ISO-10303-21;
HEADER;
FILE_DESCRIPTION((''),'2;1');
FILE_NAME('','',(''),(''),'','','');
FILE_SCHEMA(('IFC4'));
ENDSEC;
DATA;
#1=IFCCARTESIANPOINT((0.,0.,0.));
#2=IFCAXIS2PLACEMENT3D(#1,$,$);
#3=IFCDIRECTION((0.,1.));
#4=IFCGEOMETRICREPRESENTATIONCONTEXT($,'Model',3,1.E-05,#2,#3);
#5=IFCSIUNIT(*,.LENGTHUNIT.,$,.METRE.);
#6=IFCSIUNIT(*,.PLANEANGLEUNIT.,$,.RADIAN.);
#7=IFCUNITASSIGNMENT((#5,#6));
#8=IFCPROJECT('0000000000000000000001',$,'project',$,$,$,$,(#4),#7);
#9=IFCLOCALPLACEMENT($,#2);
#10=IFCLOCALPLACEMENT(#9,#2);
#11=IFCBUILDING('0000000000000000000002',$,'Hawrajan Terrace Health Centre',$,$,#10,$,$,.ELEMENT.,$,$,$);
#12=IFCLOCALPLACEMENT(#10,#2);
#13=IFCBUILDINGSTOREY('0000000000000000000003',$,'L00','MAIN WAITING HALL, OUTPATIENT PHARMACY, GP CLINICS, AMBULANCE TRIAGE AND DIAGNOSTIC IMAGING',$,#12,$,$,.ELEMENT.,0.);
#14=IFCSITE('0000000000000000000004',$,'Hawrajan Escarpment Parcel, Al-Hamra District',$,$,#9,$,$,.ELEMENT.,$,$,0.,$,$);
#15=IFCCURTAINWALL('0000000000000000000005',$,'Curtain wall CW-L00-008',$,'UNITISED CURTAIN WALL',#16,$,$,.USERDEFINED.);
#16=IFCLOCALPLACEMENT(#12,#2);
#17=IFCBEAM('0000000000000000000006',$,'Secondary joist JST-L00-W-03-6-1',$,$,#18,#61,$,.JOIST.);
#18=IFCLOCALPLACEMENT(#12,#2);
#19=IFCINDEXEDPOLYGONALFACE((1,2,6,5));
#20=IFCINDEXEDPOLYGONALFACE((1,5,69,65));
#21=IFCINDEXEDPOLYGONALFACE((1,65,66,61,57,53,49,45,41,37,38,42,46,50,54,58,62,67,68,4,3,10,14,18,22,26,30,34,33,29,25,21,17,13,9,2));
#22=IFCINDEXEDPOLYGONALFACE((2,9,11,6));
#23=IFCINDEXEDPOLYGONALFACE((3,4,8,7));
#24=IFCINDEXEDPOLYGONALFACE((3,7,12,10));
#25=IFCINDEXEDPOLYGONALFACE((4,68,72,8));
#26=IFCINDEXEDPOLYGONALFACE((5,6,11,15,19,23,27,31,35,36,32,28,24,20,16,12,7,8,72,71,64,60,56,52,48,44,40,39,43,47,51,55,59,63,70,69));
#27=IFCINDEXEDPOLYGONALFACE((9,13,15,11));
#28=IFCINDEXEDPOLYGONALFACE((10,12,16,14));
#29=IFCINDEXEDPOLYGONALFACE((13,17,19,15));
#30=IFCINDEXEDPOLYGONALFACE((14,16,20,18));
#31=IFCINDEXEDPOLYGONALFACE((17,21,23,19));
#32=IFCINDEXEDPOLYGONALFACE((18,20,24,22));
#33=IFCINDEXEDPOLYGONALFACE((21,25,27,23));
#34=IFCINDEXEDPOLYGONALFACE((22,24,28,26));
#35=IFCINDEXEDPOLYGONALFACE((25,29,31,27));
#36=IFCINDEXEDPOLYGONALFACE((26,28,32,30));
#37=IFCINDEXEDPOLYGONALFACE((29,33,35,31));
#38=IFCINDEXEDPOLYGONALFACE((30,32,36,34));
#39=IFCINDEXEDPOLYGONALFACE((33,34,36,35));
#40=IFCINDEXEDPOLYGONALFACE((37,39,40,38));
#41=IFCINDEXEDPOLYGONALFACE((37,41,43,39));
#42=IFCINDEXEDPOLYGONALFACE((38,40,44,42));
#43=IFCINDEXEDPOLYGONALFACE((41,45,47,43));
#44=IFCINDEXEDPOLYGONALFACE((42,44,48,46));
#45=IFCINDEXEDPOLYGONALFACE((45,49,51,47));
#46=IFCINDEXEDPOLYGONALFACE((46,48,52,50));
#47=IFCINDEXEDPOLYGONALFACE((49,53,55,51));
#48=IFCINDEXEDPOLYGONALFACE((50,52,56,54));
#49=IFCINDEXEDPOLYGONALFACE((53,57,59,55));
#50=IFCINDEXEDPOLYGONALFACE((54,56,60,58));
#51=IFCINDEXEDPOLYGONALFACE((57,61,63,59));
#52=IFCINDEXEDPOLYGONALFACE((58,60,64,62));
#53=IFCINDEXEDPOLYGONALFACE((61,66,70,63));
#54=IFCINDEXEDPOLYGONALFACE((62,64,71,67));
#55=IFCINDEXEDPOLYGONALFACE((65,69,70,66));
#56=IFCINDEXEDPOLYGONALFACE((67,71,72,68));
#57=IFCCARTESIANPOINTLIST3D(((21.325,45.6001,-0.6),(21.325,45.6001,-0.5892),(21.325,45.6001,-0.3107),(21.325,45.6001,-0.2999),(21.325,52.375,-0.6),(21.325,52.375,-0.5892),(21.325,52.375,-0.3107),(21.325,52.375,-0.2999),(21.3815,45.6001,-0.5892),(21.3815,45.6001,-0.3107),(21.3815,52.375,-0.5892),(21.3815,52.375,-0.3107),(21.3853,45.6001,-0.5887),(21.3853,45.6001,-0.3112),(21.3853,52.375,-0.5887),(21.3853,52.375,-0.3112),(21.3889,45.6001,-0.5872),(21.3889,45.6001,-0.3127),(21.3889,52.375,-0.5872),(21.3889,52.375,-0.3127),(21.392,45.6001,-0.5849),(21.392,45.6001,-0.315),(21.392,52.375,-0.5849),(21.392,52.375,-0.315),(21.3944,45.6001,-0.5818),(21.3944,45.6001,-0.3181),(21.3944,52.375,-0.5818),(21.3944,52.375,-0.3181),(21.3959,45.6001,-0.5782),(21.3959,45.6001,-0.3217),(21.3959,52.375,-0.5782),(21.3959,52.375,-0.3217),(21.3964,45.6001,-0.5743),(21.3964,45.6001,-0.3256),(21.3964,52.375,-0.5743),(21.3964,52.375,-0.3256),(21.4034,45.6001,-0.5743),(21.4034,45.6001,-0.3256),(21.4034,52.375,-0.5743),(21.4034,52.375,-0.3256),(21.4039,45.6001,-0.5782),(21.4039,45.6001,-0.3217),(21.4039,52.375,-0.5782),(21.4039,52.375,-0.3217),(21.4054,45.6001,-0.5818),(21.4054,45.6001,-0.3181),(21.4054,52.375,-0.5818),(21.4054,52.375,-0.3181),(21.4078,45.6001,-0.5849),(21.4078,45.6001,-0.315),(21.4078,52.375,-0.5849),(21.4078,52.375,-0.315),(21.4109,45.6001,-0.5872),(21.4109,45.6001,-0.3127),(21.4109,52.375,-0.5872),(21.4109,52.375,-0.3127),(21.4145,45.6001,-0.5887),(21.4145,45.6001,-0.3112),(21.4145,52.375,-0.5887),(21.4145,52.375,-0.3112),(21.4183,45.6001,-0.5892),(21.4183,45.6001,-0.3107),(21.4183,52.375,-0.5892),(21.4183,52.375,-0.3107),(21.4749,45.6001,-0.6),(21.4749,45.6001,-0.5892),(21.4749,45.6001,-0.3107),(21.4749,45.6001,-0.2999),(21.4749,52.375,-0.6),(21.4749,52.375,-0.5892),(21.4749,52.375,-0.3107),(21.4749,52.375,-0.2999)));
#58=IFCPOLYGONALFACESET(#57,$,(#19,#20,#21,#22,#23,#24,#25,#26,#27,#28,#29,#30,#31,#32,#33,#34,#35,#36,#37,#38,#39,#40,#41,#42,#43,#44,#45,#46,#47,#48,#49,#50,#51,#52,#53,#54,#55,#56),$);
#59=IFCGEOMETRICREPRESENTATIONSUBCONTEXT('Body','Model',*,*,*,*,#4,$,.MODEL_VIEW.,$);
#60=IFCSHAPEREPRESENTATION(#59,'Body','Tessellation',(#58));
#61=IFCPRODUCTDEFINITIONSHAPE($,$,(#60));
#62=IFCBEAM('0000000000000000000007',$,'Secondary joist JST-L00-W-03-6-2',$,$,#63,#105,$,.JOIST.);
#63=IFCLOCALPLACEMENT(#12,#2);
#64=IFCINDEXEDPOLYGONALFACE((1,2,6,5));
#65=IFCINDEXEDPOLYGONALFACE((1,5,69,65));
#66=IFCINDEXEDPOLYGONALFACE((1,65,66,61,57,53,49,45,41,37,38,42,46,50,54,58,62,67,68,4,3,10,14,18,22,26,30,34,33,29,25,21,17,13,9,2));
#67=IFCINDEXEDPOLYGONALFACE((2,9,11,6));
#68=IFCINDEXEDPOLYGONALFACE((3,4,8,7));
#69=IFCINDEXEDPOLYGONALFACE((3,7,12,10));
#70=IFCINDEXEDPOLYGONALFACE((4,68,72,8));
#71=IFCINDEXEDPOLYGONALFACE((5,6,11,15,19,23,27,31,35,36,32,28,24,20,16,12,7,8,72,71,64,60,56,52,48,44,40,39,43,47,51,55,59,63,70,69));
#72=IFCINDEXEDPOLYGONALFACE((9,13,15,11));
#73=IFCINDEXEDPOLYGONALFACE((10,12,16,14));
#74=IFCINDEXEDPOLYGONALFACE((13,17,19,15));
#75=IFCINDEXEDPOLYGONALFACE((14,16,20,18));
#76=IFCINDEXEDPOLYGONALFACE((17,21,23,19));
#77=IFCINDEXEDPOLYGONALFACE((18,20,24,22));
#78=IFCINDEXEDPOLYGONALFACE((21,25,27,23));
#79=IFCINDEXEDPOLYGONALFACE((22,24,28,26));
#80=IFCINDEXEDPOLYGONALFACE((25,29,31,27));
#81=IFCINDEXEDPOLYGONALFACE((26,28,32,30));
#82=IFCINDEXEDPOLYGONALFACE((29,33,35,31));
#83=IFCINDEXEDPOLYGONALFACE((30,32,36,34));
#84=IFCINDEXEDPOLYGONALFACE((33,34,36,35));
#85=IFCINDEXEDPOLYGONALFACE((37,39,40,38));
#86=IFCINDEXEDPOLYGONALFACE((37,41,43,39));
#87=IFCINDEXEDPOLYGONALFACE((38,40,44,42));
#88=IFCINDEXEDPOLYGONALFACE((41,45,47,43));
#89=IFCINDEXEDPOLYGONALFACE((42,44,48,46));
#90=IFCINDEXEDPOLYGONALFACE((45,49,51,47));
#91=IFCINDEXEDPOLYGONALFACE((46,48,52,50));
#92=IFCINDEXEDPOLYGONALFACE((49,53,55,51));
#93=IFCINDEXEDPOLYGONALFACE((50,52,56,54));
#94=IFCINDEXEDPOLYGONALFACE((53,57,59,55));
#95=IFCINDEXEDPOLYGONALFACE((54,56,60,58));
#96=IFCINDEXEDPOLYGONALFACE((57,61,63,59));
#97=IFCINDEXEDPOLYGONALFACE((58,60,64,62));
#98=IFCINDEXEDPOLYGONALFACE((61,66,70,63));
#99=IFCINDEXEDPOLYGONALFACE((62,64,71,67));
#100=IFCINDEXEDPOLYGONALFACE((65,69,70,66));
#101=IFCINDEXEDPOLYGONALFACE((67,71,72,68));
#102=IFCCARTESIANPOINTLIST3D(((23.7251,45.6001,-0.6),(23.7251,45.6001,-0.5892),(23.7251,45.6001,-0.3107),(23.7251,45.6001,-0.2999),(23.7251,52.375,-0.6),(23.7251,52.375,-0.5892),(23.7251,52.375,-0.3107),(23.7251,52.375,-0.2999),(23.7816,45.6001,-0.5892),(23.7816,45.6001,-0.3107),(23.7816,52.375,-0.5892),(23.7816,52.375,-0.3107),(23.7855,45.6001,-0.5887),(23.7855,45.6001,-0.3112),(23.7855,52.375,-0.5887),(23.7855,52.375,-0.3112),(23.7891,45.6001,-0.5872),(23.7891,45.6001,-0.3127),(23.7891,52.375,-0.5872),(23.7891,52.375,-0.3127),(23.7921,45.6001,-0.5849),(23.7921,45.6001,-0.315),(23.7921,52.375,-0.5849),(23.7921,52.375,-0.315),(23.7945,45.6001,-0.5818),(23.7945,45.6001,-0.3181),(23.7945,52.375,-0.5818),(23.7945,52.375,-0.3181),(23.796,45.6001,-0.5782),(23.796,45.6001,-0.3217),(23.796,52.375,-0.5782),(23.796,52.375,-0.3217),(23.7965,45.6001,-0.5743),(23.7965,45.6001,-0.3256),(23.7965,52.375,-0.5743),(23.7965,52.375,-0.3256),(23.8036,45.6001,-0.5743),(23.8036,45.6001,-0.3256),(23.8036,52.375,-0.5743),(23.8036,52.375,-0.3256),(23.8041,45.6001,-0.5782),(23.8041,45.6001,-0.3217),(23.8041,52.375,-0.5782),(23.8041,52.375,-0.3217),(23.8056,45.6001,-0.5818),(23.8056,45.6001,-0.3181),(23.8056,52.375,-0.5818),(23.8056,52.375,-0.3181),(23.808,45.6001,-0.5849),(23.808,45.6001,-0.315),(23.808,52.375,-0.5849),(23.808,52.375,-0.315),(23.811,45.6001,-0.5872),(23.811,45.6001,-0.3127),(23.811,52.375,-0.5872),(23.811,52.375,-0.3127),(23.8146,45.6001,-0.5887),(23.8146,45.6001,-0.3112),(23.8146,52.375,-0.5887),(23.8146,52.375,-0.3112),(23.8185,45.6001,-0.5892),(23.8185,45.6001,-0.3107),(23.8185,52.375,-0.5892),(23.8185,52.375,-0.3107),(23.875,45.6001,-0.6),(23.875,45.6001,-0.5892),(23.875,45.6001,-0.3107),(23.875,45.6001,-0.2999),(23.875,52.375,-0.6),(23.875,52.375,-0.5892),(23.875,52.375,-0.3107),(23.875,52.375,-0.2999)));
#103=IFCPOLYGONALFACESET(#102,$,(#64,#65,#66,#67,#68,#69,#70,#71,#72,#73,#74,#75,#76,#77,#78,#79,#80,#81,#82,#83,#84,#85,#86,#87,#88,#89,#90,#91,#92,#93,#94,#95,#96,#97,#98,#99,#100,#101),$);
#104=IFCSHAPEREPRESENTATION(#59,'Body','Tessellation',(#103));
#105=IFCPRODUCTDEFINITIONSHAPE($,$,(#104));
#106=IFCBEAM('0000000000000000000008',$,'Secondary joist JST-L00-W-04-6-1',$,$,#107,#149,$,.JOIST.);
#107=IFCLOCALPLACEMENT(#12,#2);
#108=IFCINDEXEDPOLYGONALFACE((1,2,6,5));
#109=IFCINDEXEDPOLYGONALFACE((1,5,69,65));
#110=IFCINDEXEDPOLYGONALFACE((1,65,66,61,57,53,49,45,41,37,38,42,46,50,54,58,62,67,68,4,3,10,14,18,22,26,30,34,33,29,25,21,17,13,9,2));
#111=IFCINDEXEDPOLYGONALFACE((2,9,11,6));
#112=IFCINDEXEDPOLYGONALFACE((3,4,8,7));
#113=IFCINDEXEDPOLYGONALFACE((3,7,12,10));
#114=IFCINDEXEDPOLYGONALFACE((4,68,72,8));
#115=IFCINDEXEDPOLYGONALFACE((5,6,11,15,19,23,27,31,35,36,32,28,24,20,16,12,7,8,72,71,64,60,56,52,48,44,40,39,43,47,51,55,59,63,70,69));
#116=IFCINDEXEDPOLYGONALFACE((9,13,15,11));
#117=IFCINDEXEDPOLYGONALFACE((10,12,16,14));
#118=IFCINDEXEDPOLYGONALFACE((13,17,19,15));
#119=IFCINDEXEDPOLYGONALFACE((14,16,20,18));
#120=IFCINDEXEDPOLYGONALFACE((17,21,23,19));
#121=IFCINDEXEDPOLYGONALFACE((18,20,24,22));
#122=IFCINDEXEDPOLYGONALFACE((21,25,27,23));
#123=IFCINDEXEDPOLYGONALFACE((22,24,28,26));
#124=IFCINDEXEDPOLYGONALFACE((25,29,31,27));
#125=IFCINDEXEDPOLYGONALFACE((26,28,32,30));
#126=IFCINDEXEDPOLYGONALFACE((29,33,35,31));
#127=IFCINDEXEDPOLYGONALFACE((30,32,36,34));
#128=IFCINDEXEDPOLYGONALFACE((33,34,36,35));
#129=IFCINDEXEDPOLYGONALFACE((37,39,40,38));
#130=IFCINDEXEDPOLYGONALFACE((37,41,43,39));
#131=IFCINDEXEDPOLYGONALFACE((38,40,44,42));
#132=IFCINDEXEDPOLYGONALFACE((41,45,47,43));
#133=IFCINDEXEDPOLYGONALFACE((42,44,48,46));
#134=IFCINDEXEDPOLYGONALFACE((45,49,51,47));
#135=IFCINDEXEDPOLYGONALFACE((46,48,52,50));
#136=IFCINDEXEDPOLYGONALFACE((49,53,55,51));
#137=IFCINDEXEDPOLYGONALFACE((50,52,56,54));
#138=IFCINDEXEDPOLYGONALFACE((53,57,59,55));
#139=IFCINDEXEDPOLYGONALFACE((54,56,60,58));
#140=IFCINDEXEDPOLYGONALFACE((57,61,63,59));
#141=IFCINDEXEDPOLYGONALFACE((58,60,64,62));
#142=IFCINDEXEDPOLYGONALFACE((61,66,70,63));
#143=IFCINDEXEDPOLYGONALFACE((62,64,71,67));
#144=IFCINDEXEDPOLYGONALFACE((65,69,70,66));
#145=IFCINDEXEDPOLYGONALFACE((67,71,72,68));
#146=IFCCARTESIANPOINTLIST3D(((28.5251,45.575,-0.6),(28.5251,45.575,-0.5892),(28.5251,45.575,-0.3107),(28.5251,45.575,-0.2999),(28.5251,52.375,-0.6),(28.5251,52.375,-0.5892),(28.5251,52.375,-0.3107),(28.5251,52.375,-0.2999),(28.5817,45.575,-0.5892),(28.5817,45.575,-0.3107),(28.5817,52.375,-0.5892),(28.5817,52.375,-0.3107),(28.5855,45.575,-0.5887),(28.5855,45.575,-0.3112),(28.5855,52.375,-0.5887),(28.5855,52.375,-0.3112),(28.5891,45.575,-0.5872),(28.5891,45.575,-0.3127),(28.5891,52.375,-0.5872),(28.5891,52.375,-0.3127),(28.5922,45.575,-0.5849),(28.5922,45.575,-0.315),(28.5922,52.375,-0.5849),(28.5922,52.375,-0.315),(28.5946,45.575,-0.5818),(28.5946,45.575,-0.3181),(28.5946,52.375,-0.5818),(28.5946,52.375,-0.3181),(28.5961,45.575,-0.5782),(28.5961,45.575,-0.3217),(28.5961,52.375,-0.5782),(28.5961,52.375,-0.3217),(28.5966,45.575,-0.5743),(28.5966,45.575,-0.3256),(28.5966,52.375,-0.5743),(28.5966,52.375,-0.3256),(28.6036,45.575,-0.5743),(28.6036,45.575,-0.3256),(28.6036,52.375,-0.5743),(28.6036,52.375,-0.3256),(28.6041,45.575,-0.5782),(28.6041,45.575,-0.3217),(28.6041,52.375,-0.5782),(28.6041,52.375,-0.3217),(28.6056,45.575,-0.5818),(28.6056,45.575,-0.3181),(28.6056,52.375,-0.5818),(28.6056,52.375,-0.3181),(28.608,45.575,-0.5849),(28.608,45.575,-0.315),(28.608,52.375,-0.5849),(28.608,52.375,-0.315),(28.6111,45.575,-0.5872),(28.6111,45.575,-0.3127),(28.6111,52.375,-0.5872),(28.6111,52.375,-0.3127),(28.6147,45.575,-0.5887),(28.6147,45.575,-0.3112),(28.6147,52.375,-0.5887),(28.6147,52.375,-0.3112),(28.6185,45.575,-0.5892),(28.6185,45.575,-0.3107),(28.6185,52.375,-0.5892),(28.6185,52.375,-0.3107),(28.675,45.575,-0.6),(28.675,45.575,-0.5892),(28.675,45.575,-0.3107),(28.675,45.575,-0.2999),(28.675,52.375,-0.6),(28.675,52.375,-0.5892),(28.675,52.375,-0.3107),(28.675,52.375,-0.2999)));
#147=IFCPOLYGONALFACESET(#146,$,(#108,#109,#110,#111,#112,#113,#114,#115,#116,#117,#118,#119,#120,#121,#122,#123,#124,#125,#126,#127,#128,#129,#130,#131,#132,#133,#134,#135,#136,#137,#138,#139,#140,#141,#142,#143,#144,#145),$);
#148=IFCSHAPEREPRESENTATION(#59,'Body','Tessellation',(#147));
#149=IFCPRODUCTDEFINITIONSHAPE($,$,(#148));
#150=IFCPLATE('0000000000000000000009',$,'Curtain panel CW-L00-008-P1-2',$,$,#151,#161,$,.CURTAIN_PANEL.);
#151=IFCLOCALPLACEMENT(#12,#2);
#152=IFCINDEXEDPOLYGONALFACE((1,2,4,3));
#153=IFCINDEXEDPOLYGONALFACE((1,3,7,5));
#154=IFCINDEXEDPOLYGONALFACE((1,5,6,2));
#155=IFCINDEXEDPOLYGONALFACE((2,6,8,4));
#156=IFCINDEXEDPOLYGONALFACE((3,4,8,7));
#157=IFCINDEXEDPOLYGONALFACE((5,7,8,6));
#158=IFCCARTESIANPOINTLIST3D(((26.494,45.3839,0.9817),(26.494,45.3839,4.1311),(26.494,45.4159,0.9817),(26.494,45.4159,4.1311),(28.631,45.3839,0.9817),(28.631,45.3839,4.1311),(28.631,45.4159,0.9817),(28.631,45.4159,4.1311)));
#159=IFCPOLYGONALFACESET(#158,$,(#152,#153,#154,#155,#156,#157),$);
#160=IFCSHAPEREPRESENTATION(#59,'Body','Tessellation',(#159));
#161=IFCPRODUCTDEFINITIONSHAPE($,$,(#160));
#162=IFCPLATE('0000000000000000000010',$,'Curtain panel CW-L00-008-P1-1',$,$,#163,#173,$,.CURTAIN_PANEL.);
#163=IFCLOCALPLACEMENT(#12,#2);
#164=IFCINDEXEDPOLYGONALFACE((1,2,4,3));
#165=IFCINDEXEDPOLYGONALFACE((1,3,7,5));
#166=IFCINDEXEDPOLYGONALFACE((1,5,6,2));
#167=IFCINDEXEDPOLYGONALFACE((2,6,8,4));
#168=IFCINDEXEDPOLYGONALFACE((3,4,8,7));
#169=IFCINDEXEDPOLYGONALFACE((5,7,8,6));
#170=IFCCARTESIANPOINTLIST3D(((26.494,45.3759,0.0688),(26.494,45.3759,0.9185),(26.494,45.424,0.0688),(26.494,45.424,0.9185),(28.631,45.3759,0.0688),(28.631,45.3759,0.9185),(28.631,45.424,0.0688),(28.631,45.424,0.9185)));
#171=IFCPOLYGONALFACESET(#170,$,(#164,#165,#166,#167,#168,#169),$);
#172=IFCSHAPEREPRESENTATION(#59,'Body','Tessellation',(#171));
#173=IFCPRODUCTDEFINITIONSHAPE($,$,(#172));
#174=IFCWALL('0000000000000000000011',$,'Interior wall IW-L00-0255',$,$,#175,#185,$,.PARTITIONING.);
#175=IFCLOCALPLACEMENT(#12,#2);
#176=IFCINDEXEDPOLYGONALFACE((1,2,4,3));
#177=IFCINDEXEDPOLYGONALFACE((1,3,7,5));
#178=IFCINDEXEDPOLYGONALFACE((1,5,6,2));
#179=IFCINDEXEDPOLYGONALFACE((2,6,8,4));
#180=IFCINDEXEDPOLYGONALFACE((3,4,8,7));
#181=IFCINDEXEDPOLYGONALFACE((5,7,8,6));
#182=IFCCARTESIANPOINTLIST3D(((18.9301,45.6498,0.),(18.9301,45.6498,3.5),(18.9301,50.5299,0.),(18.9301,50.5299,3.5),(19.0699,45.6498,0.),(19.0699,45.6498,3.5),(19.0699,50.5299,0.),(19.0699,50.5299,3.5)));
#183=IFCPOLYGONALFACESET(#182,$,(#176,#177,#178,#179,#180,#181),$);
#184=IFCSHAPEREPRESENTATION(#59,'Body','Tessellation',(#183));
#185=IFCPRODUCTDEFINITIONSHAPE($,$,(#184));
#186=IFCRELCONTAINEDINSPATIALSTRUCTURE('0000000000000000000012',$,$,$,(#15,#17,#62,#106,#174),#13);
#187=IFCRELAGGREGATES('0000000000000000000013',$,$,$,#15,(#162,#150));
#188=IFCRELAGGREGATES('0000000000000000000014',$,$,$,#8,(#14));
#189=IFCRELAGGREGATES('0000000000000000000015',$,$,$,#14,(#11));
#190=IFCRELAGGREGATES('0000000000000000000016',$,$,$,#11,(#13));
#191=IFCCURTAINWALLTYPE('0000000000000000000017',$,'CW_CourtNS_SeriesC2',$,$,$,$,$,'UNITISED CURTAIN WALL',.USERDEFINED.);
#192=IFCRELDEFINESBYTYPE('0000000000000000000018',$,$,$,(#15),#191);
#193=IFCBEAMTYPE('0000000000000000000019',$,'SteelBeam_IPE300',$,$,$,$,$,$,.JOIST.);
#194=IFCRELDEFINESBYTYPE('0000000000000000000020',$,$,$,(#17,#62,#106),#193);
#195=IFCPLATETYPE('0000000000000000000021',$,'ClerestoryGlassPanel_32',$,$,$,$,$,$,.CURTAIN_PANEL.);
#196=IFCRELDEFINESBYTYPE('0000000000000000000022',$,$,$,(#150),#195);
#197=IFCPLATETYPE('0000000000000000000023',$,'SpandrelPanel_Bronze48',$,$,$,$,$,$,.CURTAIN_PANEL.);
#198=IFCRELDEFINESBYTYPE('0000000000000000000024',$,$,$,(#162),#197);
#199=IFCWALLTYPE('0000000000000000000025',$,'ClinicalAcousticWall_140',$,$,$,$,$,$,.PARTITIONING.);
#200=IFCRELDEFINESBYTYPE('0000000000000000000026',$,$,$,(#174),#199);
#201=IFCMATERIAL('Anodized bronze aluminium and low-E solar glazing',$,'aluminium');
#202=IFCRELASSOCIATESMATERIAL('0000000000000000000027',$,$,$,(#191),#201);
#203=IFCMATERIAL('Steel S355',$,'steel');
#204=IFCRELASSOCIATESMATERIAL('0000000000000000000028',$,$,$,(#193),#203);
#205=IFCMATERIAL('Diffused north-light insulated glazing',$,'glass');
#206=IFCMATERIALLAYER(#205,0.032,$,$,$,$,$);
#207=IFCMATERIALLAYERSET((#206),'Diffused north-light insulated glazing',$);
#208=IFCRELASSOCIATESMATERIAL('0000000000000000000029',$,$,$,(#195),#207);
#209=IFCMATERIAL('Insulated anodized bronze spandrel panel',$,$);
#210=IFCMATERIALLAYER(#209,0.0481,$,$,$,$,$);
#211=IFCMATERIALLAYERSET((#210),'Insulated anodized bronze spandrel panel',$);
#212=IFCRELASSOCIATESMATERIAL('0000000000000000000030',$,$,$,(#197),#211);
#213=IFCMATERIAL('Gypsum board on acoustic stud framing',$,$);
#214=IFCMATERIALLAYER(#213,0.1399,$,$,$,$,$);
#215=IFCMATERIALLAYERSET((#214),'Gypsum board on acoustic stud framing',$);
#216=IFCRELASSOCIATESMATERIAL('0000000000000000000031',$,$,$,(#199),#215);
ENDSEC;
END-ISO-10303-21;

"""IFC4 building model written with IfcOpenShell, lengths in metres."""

from ifc_helpers import new_model, si_unit, direction, frame, frame_2d, origin, origin_2d, place, context, subcontext, project, spatial, rectangle, i_section, extrude, material, layer, layer_set, material_profile, profile_set, type_object, element, aggregate, save


model = new_model("IFC4")

# Units and contexts
model_context = context("Model", 3, precision=1e-05, world=origin(), true_north=direction((0.0, 1.0)))
body_context = subcontext(model_context, "Body", "Model", "MODEL_VIEW")
ifc_project = project(units=[si_unit("LENGTHUNIT", "METRE"), si_unit("PLANEANGLEUNIT", "RADIAN")], contexts=[model_context])

# Site, building, storey
site_placement = place(None, origin())
site = spatial("IfcSite", under=ifc_project, at=site_placement, Name="Hawrajan Escarpment Parcel, Al-Hamra District", CompositionType="ELEMENT", RefElevation=0.0)
building_placement = place(site_placement, origin())
building = spatial("IfcBuilding", under=site, at=building_placement, Name="Hawrajan Terrace Health Centre", CompositionType="ELEMENT")
storey_placement = place(building_placement, origin())
storey = spatial("IfcBuildingStorey", under=building, at=storey_placement, Name="L00", Description="MAIN WAITING HALL, OUTPATIENT PHARMACY, GP CLINICS, AMBULANCE TRIAGE AND DIAGNOSTIC IMAGING", CompositionType="ELEMENT", Elevation=0.0)

# Curtain wall
ifc_material_1 = material(Name="Anodized bronze aluminium and low-E solar glazing", Category="aluminium")
curtain_wall_type = type_object("IfcCurtainWallType", Name="CW_CourtNS_SeriesC2", ElementType="UNITISED CURTAIN WALL", PredefinedType="USERDEFINED", material=ifc_material_1)
curtain_wall_placement = place(storey_placement, origin())
curtain_wall = element("IfcCurtainWall", 1, at=curtain_wall_placement, inside=storey, type_object=curtain_wall_type, Name="Curtain wall CW-L00-008", ObjectType="UNITISED CURTAIN WALL", PredefinedType="USERDEFINED")

# Beams
ifc_material_2 = material(Name="Steel S355", Category="steel")
ifc_material_profile_1 = material_profile(ifc_material_2, i_section(OverallWidth=0.1499, OverallDepth=0.3, WebThickness=0.0071, FlangeThickness=0.0107, FilletRadius=0.0149, at=origin_2d()), Name="IPE 300")
ifc_profile_set_1 = profile_set([ifc_material_profile_1], Name="Steel S355")
beam_type_1 = type_object("IfcBeamType", Name="SteelBeam_IPE300", PredefinedType="JOIST", material=ifc_profile_set_1)
for number, where, z_axis, x_axis, name in (
    (2, (21.3999, 45.6001, -0.45), (0.0, 1.0, 0.0), (-1.0, 0.0, 0.0), "Secondary joist JST-L00-W-03-6-1"),
    (3, (23.8, 45.6001, -0.45), (0.0, 1.0, 0.0), (-1.0, 0.0, 0.0), "Secondary joist JST-L00-W-03-6-2"),
):
    element("IfcBeam", number, at=place(storey_placement, frame(where, z_axis=z_axis, x_axis=x_axis)), inside=storey, type_object=beam_type_1, Name=name, PredefinedType="JOIST", context=body_context, shape_type="SweptSolid", body=[
        extrude(i_section(OverallWidth=0.1499, OverallDepth=0.3, WebThickness=0.0071, FlangeThickness=0.0107, FilletRadius=0.0149, at=origin_2d()), origin(), (0.0, 0.0, 1.0), 6.7749),
    ])
beam_1_placement = place(storey_placement, frame((28.6001, 45.575, -0.45), z_axis=(0.0, 1.0, 0.0), x_axis=(-1.0, 0.0, 0.0)))
element("IfcBeam", 4, at=beam_1_placement, inside=storey, type_object=beam_type_1, Name="Secondary joist JST-L00-W-04-6-1", PredefinedType="JOIST", context=body_context, shape_type="SweptSolid", body=[
    extrude(i_section(OverallWidth=0.1499, OverallDepth=0.3, WebThickness=0.0071, FlangeThickness=0.0107, FilletRadius=0.0149, at=origin_2d()), origin(), (0.0, 0.0, 1.0), 6.8),
])

# Plates
ifc_material_3 = material(Name="Diffused north-light insulated glazing", Category="glass")
ifc_layer_1 = layer(ifc_material_3, 0.032)
ifc_layer_set_1 = layer_set([ifc_layer_1], Name="Diffused north-light insulated glazing")
plate_type_1 = type_object("IfcPlateType", Name="ClerestoryGlassPanel_32", PredefinedType="CURTAIN_PANEL", material=ifc_layer_set_1)
plate_1_placement = place(storey_placement, frame((27.5625, 45.3999, 0.9817), z_axis=(0.0, 0.0, 1.0), x_axis=(1.0, 0.0, 0.0)))
plate_1 = element("IfcPlate", 5, at=plate_1_placement, type_object=plate_type_1, Name="Curtain panel CW-L00-008-P1-2", PredefinedType="CURTAIN_PANEL", context=body_context, shape_type="SweptSolid", body=[
    extrude(rectangle(XDim=2.137, YDim=0.032, at=origin_2d()), origin(), (0.0, 0.0, 1.0), 3.1494),
])
ifc_material_4 = material(Name="Insulated anodized bronze spandrel panel")
ifc_layer_2 = layer(ifc_material_4, 0.0481)
ifc_layer_set_2 = layer_set([ifc_layer_2], Name="Insulated anodized bronze spandrel panel")
plate_type_2 = type_object("IfcPlateType", Name="SpandrelPanel_Bronze48", PredefinedType="CURTAIN_PANEL", material=ifc_layer_set_2)
plate_2_placement = place(storey_placement, frame((27.5625, 45.3999, 0.0688), z_axis=(0.0, 0.0, 1.0), x_axis=(1.0, 0.0, 0.0)))
plate_2 = element("IfcPlate", 6, at=plate_2_placement, type_object=plate_type_2, Name="Curtain panel CW-L00-008-P1-1", PredefinedType="CURTAIN_PANEL", context=body_context, shape_type="SweptSolid", body=[
    extrude(rectangle(XDim=2.137, YDim=0.0481, at=origin_2d()), origin(), (0.0, 0.0, 1.0), 0.8496),
])
aggregate(curtain_wall, [plate_2, plate_1])

# Wall
ifc_material_5 = material(Name="Gypsum board on acoustic stud framing")
ifc_layer_3 = layer(ifc_material_5, 0.1399)
ifc_layer_set_3 = layer_set([ifc_layer_3], Name="Gypsum board on acoustic stud framing")
wall_type = type_object("IfcWallType", Name="ClinicalAcousticWall_140", PredefinedType="PARTITIONING", material=ifc_layer_set_3)
wall_1_placement = place(storey_placement, frame((19.0, 45.6499, 0.0), z_axis=(0.0, 0.0, 1.0), x_axis=(0.0, 1.0, 0.0)))
element("IfcWall", 7, at=wall_1_placement, inside=storey, type_object=wall_type, Name="Interior wall IW-L00-0255", PredefinedType="PARTITIONING", context=body_context, shape_type="SweptSolid", body=[
    extrude(rectangle(XDim=4.8801, YDim=0.1399, at=frame_2d((2.4399, 0.0))), origin(), (0.0, 0.0, 1.0), 3.5),
])

save(model, "model.ifc")
